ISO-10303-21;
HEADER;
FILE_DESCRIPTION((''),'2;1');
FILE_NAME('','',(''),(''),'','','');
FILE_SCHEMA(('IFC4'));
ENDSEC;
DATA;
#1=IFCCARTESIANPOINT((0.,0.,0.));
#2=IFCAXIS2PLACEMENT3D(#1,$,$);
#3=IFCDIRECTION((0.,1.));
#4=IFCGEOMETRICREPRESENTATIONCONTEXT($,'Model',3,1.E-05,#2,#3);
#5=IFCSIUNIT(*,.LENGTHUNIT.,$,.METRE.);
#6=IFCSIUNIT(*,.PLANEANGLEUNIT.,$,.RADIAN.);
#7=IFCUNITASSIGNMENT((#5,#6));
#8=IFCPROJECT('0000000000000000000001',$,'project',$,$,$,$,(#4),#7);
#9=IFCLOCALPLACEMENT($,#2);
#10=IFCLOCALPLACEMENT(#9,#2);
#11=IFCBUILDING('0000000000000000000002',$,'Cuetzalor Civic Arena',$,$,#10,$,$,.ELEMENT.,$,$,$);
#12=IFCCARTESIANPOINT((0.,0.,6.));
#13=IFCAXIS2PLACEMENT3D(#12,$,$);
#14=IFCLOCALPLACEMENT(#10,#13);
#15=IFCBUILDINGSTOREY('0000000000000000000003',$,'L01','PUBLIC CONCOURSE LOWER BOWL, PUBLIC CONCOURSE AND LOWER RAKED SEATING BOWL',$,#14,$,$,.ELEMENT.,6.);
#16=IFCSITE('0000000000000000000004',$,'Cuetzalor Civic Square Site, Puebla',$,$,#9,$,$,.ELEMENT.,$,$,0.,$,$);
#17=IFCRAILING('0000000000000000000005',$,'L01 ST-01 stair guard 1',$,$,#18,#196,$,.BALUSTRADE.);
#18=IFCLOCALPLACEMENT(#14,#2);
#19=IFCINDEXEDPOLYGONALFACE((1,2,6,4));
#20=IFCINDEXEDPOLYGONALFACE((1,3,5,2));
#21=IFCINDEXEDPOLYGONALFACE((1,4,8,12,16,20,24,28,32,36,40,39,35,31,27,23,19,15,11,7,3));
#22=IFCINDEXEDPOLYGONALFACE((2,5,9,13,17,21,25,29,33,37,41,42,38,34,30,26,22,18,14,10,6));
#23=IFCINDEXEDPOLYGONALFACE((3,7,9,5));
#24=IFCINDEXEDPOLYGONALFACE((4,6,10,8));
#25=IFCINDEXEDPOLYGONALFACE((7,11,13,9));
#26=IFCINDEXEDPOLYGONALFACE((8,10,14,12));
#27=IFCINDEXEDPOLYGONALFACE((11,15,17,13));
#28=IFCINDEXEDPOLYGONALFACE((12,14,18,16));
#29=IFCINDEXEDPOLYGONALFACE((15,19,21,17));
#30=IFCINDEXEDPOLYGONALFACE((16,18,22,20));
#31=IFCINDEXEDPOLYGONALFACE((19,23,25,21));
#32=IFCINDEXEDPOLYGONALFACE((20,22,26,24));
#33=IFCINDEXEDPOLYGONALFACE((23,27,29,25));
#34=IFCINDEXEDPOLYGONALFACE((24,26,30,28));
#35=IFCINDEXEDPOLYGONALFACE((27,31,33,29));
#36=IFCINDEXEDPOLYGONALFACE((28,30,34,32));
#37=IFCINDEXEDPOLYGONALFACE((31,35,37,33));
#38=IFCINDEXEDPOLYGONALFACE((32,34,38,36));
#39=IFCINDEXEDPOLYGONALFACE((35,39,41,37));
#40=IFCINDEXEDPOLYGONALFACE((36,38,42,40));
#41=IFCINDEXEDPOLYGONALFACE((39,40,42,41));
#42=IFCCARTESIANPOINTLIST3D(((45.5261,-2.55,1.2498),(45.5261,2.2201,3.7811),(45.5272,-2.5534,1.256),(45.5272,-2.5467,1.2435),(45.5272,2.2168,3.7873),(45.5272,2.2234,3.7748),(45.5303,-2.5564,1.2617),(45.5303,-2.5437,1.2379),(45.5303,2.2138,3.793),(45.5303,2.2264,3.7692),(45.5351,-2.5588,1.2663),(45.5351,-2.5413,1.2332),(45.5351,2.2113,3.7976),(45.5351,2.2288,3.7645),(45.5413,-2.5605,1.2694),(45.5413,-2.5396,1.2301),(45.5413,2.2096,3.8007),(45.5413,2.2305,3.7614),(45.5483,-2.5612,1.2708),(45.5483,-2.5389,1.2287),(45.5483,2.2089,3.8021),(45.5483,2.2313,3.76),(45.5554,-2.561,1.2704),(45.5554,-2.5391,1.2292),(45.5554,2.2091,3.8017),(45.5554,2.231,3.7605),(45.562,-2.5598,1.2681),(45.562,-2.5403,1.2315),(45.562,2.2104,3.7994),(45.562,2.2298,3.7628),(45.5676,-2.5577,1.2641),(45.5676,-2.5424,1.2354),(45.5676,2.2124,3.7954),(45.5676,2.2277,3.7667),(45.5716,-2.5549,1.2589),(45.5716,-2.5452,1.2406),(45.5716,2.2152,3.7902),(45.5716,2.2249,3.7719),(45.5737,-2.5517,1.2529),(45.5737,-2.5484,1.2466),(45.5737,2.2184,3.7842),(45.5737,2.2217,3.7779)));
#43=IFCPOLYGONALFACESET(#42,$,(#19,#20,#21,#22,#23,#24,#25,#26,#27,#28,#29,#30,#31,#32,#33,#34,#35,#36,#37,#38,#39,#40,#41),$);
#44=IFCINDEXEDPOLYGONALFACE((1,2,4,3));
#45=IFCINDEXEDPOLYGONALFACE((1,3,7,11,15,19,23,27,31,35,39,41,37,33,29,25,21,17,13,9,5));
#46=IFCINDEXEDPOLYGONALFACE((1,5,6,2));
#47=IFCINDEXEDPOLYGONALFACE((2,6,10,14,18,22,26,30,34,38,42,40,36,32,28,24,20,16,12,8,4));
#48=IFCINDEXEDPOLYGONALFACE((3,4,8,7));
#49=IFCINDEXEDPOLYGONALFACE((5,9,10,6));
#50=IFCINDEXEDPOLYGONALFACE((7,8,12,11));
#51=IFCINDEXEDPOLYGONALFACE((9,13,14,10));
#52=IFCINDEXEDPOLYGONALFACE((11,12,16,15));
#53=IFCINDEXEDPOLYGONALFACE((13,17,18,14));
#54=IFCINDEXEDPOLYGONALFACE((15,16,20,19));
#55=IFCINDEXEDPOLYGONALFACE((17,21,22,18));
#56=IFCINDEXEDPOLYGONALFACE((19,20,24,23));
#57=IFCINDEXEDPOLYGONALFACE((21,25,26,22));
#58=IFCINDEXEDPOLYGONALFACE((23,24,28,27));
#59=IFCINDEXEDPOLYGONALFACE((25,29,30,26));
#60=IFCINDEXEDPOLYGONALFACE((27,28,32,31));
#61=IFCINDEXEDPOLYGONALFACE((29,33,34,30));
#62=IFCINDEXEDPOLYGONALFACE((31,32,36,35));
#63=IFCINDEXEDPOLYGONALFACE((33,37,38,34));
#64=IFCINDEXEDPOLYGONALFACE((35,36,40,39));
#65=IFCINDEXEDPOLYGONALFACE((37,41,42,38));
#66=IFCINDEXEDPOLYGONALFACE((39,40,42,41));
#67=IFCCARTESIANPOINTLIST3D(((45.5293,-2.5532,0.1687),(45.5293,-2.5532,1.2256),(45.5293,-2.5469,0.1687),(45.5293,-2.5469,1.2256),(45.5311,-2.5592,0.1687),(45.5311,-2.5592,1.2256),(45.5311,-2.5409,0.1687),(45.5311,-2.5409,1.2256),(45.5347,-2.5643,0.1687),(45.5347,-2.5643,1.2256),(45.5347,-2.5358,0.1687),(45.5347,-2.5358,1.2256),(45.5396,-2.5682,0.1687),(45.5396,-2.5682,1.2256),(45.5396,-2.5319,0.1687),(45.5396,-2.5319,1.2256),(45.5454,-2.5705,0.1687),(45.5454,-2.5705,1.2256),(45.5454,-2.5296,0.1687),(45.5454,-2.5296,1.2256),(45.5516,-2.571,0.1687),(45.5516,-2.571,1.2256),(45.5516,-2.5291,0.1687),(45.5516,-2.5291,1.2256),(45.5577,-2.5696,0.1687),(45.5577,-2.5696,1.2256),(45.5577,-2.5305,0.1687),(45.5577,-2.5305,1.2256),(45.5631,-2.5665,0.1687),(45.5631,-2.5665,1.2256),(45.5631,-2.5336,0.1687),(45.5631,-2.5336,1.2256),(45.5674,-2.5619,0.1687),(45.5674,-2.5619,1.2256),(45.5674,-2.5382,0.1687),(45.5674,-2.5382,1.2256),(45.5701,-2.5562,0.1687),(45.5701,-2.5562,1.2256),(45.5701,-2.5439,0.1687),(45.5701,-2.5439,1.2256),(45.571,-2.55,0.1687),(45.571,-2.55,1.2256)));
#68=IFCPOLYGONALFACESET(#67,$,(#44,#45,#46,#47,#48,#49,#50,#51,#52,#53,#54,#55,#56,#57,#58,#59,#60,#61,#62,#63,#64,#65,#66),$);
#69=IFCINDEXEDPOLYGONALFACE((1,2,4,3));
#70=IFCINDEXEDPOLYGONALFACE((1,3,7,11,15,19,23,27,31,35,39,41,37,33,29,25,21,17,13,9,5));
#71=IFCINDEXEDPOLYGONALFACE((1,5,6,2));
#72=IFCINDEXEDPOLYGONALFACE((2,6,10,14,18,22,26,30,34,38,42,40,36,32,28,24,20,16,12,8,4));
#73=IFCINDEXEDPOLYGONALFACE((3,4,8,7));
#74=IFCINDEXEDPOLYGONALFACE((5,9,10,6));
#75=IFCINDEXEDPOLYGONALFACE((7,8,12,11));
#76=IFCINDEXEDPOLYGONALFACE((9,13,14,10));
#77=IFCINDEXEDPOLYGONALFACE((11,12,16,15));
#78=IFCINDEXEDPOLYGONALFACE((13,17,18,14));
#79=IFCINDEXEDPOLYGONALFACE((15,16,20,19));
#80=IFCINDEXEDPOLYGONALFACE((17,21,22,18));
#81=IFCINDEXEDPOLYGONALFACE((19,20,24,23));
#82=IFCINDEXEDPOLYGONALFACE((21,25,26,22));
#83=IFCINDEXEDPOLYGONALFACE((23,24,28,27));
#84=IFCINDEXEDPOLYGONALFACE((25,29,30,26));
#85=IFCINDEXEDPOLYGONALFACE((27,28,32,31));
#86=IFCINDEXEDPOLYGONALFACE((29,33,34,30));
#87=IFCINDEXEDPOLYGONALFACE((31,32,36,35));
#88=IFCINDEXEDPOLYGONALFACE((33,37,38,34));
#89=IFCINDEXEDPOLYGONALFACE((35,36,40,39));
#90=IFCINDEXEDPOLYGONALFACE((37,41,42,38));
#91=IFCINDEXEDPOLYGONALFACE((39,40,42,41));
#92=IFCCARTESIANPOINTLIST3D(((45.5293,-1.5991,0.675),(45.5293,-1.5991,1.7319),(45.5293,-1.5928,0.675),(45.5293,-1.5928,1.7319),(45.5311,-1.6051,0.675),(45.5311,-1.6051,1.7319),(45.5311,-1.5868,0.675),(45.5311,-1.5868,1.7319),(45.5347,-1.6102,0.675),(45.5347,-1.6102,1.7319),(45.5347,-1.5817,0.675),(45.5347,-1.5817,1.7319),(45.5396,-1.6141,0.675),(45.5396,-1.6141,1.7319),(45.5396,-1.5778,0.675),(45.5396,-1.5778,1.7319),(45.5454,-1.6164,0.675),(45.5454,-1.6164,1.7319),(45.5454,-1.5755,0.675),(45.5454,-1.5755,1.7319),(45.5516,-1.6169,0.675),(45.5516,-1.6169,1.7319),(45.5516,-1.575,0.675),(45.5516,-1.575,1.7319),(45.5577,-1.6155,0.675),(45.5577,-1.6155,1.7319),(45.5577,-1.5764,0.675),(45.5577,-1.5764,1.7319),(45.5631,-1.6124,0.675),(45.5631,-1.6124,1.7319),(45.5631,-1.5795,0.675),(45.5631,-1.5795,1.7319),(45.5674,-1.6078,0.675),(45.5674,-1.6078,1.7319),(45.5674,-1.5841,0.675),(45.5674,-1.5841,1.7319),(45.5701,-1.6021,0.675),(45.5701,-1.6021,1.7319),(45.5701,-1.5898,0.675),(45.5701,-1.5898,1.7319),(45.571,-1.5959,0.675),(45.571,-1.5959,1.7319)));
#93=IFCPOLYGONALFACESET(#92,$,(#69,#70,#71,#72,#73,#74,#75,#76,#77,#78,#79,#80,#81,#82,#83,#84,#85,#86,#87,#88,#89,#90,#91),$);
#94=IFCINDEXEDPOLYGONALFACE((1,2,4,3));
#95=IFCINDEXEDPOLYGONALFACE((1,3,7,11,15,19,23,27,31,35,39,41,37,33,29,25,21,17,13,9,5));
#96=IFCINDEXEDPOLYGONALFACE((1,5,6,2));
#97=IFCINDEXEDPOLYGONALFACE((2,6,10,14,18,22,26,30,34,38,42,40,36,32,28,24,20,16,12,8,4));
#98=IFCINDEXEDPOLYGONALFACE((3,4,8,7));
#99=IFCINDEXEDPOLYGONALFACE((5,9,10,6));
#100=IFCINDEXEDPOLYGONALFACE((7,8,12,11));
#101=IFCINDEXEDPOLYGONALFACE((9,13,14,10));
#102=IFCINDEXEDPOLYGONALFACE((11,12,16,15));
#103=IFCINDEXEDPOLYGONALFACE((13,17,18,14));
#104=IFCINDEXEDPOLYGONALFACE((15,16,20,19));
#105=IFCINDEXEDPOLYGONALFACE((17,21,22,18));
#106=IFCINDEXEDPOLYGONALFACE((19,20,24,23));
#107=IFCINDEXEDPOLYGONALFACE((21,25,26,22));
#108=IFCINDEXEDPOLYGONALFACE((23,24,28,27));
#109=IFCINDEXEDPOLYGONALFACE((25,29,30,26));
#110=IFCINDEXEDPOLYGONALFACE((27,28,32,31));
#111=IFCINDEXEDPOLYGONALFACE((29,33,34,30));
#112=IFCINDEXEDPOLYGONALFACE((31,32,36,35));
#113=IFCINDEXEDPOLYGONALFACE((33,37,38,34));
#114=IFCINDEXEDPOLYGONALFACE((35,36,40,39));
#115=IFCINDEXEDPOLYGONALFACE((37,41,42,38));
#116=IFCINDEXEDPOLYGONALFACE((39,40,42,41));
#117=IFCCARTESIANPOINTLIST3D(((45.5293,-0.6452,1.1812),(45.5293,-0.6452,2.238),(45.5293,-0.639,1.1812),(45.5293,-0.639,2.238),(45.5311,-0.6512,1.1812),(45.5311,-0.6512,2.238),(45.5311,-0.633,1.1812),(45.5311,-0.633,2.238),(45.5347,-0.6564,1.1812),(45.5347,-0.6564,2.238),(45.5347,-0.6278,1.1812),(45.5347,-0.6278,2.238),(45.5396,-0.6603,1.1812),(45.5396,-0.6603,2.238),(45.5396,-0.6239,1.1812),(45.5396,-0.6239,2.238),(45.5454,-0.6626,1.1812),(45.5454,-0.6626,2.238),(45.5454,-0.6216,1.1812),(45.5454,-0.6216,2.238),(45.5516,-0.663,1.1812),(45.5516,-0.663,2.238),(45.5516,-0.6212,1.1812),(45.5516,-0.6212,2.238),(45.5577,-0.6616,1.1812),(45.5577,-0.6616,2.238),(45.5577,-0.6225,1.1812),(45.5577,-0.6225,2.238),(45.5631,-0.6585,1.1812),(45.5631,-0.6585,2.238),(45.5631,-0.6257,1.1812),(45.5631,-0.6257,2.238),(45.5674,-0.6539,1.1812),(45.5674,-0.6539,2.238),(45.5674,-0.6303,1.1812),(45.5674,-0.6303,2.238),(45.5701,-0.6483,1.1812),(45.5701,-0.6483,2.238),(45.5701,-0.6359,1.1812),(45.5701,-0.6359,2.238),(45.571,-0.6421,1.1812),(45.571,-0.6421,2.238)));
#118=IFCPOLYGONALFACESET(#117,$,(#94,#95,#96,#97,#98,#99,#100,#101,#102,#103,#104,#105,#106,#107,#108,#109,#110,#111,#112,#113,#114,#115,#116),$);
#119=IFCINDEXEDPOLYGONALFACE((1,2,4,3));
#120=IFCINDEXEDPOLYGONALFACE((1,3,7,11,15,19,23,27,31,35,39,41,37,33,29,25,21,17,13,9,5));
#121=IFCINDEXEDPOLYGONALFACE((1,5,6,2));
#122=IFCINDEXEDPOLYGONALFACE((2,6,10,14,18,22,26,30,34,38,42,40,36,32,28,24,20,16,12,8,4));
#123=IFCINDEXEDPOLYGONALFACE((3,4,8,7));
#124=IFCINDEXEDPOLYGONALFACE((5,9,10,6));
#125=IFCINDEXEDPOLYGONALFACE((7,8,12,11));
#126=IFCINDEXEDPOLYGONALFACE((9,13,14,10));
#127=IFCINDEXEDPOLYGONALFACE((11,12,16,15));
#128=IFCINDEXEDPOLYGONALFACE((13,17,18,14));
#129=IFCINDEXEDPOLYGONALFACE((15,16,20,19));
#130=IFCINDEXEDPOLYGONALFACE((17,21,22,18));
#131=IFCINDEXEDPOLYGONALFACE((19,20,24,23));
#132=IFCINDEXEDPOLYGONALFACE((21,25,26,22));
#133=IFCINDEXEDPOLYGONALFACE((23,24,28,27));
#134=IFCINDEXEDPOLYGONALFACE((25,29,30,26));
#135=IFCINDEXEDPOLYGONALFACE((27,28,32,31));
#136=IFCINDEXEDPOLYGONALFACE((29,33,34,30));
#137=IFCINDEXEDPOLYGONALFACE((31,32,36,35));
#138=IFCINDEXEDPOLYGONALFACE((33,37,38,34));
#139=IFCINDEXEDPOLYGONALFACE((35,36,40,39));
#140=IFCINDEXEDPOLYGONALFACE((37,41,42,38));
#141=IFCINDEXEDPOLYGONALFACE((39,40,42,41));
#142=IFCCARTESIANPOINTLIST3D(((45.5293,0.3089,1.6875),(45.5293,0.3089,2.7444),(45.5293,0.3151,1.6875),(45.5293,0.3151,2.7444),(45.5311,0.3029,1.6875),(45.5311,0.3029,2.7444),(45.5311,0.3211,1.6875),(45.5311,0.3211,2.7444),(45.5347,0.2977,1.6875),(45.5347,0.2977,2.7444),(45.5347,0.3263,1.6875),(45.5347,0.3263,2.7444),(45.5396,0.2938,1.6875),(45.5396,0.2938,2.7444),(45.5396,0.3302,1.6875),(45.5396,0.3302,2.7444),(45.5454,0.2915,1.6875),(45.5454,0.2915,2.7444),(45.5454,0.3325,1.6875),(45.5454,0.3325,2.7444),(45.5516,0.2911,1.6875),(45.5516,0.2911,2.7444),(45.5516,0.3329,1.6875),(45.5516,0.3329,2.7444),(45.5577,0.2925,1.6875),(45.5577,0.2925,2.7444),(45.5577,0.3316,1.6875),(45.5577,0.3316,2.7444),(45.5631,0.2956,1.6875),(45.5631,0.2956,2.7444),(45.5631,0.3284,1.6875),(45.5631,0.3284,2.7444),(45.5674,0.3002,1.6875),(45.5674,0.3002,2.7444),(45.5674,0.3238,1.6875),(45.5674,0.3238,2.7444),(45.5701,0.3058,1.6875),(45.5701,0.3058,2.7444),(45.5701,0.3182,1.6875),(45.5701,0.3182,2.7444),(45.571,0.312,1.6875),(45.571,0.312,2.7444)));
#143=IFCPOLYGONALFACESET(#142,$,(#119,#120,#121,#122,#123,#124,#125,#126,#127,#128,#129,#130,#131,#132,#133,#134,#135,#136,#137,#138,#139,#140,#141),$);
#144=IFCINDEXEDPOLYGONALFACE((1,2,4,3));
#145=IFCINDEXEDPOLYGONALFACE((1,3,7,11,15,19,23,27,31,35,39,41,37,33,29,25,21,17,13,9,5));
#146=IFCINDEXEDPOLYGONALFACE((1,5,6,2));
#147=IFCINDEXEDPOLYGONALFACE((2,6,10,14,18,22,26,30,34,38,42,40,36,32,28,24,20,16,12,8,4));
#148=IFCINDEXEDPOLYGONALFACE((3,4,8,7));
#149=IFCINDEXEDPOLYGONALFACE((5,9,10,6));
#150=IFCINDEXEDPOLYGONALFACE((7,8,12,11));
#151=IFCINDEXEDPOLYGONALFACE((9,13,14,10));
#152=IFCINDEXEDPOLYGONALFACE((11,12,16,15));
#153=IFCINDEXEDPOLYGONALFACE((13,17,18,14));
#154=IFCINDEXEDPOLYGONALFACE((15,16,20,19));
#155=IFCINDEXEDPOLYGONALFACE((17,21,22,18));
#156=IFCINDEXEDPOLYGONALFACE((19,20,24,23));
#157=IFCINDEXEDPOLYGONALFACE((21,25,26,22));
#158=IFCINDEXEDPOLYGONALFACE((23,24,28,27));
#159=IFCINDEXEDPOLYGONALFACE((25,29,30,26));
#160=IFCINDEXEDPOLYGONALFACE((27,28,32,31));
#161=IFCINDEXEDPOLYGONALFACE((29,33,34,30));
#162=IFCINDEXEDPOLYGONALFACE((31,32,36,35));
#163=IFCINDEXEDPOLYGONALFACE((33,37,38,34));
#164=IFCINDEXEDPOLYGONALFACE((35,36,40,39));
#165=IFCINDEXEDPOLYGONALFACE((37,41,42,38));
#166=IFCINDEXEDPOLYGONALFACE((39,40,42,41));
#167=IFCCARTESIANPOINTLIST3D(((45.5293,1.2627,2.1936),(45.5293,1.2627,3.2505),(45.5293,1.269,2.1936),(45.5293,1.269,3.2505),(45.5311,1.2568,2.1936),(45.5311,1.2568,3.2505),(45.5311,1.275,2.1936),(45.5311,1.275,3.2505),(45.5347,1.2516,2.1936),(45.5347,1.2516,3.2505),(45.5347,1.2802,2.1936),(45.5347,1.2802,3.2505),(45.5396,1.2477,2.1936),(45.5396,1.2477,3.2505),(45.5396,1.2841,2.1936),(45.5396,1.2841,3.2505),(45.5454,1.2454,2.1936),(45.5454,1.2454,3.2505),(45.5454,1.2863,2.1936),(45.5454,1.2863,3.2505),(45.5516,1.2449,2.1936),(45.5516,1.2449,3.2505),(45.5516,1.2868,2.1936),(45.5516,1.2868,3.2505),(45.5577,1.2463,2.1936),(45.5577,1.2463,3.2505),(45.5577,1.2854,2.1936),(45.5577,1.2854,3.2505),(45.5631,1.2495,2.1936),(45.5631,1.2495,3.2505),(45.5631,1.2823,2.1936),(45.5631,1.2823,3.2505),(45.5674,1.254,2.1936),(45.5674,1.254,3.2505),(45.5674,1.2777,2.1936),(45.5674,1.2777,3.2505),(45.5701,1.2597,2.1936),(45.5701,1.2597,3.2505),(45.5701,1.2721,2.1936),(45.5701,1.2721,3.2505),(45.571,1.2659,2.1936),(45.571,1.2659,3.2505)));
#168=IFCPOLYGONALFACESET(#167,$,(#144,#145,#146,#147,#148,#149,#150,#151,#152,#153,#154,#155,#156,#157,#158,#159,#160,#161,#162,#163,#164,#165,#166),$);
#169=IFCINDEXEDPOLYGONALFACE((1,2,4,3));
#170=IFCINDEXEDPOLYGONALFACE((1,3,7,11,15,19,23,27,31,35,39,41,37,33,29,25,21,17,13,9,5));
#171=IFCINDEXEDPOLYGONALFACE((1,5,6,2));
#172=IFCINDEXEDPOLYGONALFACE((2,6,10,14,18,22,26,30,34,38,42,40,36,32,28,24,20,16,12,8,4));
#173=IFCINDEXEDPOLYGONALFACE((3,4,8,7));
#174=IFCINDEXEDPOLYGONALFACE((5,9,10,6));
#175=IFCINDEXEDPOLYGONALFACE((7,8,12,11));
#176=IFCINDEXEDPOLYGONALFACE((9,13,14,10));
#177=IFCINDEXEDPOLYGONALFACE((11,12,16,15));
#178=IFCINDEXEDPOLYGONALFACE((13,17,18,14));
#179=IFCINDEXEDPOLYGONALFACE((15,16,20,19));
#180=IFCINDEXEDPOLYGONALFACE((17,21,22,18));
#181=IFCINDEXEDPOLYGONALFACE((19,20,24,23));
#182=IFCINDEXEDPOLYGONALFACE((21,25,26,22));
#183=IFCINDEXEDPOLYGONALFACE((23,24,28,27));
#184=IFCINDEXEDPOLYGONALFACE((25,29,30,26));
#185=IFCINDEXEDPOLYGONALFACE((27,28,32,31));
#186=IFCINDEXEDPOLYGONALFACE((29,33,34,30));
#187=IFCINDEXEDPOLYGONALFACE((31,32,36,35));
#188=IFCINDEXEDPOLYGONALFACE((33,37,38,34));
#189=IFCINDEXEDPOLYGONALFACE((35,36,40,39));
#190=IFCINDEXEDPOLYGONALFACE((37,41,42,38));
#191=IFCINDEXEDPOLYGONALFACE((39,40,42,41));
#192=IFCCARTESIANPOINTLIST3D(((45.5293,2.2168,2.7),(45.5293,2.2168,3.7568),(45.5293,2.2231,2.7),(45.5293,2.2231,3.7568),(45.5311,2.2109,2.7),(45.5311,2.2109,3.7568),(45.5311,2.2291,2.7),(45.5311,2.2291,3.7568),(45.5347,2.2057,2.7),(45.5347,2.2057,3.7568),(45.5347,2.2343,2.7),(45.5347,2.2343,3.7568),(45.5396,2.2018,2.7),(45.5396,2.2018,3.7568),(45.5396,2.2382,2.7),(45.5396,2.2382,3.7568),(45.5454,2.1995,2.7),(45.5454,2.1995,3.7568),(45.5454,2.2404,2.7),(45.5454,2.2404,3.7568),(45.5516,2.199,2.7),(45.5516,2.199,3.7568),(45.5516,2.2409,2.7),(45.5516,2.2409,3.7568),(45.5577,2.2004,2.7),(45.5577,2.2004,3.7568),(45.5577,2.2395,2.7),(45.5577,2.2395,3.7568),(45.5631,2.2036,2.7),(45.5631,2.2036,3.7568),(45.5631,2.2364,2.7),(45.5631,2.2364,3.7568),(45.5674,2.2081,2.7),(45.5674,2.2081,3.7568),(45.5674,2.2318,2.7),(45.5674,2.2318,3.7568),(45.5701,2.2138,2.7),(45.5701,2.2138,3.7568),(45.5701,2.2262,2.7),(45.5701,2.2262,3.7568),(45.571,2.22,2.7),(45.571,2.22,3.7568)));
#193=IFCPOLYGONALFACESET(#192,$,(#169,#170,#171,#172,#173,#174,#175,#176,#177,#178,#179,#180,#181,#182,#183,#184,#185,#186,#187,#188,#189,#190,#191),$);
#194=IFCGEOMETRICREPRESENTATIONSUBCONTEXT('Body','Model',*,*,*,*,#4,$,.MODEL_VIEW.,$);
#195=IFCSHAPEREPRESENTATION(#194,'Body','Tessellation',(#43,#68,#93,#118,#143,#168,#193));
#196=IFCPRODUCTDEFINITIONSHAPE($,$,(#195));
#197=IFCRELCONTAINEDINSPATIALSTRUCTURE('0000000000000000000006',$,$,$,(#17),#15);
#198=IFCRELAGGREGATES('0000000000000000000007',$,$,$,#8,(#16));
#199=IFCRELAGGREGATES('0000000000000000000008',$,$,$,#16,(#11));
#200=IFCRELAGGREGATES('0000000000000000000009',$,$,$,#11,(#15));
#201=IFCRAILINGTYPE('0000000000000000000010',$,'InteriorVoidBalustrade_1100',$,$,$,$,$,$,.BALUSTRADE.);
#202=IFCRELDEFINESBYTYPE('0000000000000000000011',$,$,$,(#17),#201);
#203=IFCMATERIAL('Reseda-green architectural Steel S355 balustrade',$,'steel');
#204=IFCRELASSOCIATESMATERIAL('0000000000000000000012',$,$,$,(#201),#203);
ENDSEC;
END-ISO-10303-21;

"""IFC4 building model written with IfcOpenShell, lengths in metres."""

from ifc_helpers import new_model, si_unit, direction, frame, origin, origin_2d, place, context, subcontext, project, spatial, circle, extrude, material, type_object, element, save


model = new_model("IFC4")

# Units and contexts
model_context = context("Model", 3, precision=1e-05, world=origin(), true_north=direction((0.0, 1.0)))
body_context = subcontext(model_context, "Body", "Model", "MODEL_VIEW")
ifc_project = project(units=[si_unit("LENGTHUNIT", "METRE"), si_unit("PLANEANGLEUNIT", "RADIAN")], contexts=[model_context])

# Site, building, storey
site_placement = place(None, origin())
site = spatial("IfcSite", under=ifc_project, at=site_placement, Name="Cuetzalor Civic Square Site, Puebla", CompositionType="ELEMENT", RefElevation=0.0)
building_placement = place(site_placement, origin())
building = spatial("IfcBuilding", under=site, at=building_placement, Name="Cuetzalor Civic Arena", CompositionType="ELEMENT")
storey_placement = place(building_placement, frame((0.0, 0.0, 6.0)))
storey = spatial("IfcBuildingStorey", under=building, at=storey_placement, Name="L01", Description="PUBLIC CONCOURSE LOWER BOWL, PUBLIC CONCOURSE AND LOWER RAKED SEATING BOWL", CompositionType="ELEMENT", Elevation=6.0)

# Railing
ifc_material_1 = material(Name="Reseda-green architectural Steel S355 balustrade", Category="steel")
railing_type_1 = type_object("IfcRailingType", Name="InteriorVoidBalustrade_1100", PredefinedType="BALUSTRADE", material=ifc_material_1)
railing_1_placement = place(storey_placement, frame((45.55, -2.55, 0.1687)))
element("IfcRailing", 1, at=railing_1_placement, inside=storey, type_object=railing_type_1, Name="L01 ST-01 stair guard 1", PredefinedType="BALUSTRADE", context=body_context, shape_type="SweptSolid", body=[
    extrude(circle(Radius=0.0239, at=origin_2d()), frame((0.0, 0.0, 1.0811), z_axis=(0.0, 0.883332, 0.468747), x_axis=(-1.0, 0.0, 0.0)), (0.0, 0.0, 1.0), 5.4001),
    extrude(circle(Radius=0.021, at=origin_2d()), origin(), (0.0, 0.0, 1.0), 1.0569),
    extrude(circle(Radius=0.021, at=origin_2d()), frame((0.0, 0.9541, 0.5063)), (0.0, 0.0, 1.0), 1.0569),
    extrude(circle(Radius=0.021, at=origin_2d()), frame((0.0, 1.908, 1.0125)), (0.0, 0.0, 1.0), 1.0569),
    extrude(circle(Radius=0.021, at=origin_2d()), frame((0.0, 2.8621, 1.5188)), (0.0, 0.0, 1.0), 1.0569),
    extrude(circle(Radius=0.021, at=origin_2d()), frame((0.0, 3.8159, 2.0249)), (0.0, 0.0, 1.0), 1.0569),
    extrude(circle(Radius=0.021, at=origin_2d()), frame((0.0, 4.77, 2.5312)), (0.0, 0.0, 1.0), 1.0569),
])

save(model, "model.ifc")
